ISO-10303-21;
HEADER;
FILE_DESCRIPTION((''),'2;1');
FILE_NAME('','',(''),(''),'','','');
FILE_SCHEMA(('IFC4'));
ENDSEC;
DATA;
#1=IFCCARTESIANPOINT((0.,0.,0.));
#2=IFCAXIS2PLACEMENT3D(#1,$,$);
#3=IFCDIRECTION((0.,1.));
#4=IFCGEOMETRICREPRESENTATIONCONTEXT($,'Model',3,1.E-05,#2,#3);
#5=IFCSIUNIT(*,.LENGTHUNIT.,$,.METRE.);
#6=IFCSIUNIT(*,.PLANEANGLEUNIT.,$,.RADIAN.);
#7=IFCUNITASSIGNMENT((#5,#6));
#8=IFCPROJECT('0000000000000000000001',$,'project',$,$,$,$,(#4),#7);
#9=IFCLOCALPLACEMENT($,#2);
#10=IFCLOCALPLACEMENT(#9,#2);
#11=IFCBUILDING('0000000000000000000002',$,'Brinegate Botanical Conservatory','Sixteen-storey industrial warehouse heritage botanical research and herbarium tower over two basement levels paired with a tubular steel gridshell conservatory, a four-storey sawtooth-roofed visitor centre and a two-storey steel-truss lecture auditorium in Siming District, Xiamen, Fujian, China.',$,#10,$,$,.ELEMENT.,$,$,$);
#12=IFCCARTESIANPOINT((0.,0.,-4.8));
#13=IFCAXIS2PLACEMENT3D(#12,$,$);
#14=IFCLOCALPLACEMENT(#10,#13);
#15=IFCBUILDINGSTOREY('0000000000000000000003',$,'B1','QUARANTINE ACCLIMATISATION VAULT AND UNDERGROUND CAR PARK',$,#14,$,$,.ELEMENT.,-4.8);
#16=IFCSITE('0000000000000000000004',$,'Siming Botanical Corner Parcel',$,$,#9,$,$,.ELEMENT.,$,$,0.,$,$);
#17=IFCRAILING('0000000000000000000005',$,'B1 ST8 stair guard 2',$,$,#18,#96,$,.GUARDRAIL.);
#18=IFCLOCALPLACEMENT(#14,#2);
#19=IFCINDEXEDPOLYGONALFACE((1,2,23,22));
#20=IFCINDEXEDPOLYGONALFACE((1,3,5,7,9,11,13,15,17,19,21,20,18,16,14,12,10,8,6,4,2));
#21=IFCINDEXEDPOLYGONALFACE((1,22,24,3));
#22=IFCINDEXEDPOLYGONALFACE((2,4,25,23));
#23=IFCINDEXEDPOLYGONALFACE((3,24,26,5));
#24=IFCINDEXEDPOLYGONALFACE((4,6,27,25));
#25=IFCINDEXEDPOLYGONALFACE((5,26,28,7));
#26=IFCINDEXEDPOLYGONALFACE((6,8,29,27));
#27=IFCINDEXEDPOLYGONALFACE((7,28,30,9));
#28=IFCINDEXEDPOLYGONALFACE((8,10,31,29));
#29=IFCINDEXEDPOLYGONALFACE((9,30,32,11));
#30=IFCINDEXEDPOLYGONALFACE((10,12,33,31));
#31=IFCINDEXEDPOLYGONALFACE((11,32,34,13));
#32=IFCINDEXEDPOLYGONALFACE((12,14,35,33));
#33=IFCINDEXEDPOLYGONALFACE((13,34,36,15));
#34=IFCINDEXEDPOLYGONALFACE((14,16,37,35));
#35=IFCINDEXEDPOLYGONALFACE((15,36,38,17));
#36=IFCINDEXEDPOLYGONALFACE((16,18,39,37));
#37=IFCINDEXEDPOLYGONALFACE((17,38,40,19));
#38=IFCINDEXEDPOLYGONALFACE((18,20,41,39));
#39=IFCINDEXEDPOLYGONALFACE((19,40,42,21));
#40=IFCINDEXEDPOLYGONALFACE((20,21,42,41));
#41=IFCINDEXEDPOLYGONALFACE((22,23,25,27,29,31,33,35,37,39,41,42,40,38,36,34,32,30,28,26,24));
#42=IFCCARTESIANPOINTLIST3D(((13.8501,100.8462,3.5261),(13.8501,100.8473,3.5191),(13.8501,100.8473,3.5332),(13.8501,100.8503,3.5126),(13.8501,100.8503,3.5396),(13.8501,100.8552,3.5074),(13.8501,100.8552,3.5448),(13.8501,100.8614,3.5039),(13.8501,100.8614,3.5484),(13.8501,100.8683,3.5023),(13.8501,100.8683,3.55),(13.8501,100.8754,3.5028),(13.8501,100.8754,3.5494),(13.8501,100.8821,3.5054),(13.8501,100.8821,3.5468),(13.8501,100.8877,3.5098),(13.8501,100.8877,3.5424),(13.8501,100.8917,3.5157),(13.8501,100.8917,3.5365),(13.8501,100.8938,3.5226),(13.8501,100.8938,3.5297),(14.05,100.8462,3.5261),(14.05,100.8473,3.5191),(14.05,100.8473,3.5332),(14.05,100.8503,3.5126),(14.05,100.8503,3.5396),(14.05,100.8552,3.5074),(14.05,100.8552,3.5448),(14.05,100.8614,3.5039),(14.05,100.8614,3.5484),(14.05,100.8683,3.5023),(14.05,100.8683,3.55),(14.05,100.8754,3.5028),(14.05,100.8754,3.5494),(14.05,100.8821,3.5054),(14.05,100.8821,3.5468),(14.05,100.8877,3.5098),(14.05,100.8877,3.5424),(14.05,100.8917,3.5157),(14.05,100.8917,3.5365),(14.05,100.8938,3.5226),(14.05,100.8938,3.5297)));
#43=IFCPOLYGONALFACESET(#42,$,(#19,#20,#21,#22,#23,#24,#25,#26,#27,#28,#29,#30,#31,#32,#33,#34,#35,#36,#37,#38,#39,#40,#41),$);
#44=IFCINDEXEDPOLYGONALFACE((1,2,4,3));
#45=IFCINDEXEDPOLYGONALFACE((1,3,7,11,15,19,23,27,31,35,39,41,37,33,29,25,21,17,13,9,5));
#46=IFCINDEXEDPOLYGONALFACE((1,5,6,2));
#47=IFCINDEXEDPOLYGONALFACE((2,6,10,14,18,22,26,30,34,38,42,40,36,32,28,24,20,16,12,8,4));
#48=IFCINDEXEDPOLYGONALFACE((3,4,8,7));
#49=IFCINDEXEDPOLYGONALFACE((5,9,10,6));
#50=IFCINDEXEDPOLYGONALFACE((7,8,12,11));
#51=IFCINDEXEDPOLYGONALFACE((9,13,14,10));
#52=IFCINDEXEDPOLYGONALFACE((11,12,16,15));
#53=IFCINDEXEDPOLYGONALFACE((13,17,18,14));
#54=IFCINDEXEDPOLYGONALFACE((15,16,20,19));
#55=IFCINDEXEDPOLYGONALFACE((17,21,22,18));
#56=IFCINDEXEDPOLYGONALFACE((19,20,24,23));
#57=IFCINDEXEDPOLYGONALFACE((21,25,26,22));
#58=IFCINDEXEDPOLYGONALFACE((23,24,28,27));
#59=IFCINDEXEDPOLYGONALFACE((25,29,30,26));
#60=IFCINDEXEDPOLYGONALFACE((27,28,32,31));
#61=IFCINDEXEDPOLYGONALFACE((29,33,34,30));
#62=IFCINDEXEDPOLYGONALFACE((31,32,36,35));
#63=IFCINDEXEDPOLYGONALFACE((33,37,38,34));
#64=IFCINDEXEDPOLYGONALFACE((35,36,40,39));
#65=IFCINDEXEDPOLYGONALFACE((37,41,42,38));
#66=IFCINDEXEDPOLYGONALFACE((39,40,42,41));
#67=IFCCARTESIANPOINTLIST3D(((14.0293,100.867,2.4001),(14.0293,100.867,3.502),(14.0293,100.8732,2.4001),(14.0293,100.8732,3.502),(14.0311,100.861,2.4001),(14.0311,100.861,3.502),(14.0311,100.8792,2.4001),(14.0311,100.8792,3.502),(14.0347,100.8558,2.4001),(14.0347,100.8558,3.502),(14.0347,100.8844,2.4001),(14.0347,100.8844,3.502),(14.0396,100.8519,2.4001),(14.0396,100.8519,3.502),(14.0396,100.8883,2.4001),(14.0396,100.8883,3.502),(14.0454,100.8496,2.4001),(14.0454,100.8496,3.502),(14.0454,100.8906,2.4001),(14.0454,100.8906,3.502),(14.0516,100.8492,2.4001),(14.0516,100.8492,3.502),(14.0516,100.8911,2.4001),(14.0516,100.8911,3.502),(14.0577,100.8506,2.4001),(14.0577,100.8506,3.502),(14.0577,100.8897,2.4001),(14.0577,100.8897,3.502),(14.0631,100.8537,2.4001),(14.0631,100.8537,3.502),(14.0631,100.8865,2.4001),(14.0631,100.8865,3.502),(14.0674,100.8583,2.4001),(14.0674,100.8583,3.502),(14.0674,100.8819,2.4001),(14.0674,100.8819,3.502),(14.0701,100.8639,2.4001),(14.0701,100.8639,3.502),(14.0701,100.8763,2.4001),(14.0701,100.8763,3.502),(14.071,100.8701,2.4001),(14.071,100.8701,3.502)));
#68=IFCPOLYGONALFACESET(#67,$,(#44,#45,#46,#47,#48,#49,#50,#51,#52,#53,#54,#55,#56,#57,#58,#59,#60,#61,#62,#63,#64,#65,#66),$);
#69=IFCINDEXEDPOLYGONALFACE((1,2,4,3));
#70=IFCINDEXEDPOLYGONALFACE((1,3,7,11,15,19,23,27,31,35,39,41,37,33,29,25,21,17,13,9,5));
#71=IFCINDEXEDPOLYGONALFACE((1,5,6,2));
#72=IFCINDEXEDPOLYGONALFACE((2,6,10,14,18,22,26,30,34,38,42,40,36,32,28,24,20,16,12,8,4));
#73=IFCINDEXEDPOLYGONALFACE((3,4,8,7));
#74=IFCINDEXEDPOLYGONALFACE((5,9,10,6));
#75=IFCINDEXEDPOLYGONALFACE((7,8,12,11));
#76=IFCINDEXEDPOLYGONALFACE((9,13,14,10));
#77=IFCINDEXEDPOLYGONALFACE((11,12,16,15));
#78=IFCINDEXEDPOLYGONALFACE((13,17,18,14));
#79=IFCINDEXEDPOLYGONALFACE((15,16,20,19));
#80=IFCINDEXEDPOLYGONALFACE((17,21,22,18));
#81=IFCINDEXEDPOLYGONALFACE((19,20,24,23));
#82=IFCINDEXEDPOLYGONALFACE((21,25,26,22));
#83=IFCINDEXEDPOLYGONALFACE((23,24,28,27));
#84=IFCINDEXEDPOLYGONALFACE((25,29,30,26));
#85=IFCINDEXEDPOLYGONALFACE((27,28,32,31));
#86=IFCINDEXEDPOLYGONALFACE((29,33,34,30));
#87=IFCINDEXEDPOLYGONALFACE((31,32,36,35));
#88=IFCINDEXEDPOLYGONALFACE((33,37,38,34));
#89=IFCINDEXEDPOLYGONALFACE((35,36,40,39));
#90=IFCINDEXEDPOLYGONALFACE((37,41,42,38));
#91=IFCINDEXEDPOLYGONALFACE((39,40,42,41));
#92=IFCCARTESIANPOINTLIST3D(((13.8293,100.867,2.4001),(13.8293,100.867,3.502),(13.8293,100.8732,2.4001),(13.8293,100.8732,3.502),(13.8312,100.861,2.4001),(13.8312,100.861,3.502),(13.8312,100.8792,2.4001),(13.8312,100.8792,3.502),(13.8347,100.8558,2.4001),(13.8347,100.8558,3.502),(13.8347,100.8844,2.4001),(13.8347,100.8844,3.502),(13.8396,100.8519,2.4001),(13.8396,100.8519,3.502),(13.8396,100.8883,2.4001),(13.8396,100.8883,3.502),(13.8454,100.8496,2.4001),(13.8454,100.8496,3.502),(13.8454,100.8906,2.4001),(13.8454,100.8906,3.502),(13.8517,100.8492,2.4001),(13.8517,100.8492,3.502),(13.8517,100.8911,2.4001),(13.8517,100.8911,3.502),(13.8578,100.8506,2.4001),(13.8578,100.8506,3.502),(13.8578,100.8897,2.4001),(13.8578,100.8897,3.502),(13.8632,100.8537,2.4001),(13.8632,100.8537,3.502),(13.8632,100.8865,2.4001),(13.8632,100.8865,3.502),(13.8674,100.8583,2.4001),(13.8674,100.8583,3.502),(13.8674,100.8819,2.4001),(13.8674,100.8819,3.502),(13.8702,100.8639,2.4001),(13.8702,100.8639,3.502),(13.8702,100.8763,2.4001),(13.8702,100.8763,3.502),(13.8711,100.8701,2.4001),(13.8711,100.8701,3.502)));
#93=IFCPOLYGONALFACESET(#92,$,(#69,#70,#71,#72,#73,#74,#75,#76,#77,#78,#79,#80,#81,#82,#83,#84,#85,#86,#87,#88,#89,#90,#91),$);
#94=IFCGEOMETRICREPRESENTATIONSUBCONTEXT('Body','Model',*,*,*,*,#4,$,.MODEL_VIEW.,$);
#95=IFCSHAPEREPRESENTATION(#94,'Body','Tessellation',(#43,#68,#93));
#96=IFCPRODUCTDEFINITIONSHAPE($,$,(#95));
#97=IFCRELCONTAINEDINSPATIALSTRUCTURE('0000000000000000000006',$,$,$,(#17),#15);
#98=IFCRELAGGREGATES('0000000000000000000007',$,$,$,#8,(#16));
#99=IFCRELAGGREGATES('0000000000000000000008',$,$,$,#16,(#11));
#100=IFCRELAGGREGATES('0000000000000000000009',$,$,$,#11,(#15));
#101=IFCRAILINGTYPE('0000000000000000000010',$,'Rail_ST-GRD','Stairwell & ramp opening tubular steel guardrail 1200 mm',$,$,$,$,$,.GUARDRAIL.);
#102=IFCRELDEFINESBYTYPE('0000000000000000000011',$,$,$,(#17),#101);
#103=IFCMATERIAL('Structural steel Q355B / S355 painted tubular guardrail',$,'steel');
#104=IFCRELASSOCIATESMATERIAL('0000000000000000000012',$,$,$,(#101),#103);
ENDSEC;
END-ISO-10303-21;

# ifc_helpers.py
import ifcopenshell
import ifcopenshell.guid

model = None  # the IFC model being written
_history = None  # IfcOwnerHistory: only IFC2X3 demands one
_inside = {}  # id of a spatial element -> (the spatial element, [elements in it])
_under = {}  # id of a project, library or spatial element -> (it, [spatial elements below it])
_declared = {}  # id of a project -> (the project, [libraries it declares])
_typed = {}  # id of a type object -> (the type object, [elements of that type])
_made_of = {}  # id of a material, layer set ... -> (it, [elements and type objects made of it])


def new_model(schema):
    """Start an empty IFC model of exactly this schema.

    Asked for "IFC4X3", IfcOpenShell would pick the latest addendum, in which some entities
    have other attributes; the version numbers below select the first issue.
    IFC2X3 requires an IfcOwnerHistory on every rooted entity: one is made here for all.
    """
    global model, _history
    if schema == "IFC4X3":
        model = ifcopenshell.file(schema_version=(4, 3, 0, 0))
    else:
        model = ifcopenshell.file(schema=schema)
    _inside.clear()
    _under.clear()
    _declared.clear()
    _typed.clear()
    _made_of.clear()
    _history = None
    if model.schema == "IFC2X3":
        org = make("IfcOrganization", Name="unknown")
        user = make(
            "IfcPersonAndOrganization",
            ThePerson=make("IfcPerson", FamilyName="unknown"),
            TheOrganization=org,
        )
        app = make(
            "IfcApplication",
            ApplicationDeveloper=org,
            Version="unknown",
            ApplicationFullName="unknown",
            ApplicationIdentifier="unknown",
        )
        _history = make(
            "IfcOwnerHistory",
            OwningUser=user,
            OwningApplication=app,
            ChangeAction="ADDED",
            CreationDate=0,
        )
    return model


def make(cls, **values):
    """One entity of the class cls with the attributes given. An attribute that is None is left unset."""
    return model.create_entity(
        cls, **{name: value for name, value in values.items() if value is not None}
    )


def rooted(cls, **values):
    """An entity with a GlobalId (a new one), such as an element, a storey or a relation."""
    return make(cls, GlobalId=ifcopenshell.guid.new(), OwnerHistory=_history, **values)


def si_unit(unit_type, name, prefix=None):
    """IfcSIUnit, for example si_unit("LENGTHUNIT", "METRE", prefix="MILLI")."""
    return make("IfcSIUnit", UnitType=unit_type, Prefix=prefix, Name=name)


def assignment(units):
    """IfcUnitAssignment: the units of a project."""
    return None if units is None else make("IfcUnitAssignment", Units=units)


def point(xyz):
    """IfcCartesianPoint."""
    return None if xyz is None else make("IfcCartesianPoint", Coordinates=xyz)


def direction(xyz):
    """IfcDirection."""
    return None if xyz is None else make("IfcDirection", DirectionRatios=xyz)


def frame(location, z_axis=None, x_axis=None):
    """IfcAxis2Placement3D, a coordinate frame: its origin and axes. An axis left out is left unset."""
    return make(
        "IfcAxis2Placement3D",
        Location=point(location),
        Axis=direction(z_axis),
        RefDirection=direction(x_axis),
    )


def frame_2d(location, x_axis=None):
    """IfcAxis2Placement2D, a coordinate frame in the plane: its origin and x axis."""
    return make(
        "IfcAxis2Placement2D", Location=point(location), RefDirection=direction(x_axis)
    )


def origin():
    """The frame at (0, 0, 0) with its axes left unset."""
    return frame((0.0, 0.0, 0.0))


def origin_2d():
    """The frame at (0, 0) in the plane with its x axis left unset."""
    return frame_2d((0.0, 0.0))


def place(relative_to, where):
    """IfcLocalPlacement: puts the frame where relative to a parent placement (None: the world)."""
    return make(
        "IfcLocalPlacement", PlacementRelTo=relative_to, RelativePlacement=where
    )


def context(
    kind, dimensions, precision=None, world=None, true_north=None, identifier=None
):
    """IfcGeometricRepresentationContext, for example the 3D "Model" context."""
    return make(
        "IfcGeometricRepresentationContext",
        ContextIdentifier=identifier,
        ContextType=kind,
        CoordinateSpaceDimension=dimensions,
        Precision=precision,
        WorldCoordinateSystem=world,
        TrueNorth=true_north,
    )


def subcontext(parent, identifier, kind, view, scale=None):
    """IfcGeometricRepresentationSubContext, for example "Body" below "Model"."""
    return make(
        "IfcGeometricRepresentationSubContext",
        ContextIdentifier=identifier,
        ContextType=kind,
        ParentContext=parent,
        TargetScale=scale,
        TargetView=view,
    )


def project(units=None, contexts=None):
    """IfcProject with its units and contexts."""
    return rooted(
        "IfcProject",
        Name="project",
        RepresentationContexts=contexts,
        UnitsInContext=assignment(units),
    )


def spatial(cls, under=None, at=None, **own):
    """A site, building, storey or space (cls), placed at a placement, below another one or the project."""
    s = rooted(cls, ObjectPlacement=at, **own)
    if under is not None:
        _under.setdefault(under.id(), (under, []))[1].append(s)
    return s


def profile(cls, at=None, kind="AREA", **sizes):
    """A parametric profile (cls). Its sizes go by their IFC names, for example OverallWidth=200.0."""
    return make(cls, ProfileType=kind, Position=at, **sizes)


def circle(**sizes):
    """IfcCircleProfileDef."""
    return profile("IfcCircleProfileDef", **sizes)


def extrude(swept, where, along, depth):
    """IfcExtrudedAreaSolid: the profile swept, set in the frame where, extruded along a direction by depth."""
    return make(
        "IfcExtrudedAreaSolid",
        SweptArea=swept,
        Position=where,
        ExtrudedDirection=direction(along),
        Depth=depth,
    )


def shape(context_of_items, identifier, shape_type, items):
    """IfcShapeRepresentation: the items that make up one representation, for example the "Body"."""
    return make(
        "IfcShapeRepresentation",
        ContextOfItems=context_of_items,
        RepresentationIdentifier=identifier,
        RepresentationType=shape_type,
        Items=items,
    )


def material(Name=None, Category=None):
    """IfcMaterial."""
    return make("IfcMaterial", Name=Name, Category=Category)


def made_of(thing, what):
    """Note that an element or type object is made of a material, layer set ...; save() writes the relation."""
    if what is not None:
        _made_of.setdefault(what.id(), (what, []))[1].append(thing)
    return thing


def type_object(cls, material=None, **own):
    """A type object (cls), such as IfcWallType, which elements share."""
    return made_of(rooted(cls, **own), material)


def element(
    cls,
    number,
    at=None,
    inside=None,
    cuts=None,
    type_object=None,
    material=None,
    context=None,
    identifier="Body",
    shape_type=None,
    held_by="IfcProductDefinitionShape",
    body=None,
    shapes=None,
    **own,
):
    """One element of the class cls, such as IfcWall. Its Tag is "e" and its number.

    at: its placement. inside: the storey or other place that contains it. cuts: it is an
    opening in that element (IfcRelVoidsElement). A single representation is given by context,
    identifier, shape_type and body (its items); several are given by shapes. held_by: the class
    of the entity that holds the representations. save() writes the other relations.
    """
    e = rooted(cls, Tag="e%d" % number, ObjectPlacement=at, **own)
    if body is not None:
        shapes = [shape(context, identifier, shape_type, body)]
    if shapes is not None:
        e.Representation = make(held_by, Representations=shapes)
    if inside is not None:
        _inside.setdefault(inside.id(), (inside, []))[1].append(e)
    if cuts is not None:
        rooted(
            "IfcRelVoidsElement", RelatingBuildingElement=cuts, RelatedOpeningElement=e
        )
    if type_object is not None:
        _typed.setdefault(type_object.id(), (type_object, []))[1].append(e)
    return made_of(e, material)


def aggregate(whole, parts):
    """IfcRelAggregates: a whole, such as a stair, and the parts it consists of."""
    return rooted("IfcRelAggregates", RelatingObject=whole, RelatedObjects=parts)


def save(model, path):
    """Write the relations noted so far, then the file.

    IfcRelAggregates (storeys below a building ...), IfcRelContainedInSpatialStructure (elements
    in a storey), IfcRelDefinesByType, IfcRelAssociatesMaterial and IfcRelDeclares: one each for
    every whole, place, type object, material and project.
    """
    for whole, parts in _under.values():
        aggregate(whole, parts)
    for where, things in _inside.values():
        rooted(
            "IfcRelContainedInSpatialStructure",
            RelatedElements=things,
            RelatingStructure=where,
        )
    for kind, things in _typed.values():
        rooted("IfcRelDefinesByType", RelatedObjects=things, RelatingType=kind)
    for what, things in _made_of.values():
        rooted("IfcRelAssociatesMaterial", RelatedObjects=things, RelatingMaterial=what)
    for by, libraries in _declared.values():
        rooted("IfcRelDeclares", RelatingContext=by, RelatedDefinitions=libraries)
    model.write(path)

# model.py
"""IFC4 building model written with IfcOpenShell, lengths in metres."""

from ifc_helpers import new_model, si_unit, direction, frame, origin, origin_2d, place, context, subcontext, project, spatial, circle, extrude, material, type_object, element, save


model = new_model("IFC4")

# Units and contexts
model_context = context("Model", 3, precision=1e-05, world=origin(), true_north=direction((0.0, 1.0)))
body_context = subcontext(model_context, "Body", "Model", "MODEL_VIEW")
ifc_project = project(units=[si_unit("LENGTHUNIT", "METRE"), si_unit("PLANEANGLEUNIT", "RADIAN")], contexts=[model_context])

# Site, building, storey
site_placement = place(None, origin())
site = spatial("IfcSite", under=ifc_project, at=site_placement, Name="Siming Botanical Corner Parcel", CompositionType="ELEMENT", RefElevation=0.0)
building_placement = place(site_placement, origin())
building = spatial("IfcBuilding", under=site, at=building_placement, Name="Brinegate Botanical Conservatory", Description="Sixteen-storey industrial warehouse heritage botanical research and herbarium tower over two basement levels paired with a tubular steel gridshell conservatory, a four-storey sawtooth-roofed visitor centre and a two-storey steel-truss lecture auditorium in Siming District, Xiamen, Fujian, China.", CompositionType="ELEMENT")
storey_placement = place(building_placement, frame((0.0, 0.0, -4.8)))
storey = spatial("IfcBuildingStorey", under=building, at=storey_placement, Name="B1", Description="QUARANTINE ACCLIMATISATION VAULT AND UNDERGROUND CAR PARK", CompositionType="ELEMENT", Elevation=-4.8)

# Railing
ifc_material_1 = material(Name="Structural steel Q355B / S355 painted tubular guardrail", Category="steel")
railing_type_1 = type_object("IfcRailingType", Name="Rail_ST-GRD", Description="Stairwell & ramp opening tubular steel guardrail 1200 mm", PredefinedType="GUARDRAIL", material=ifc_material_1)
railing_1_placement = place(storey_placement, frame((14.05, 100.8701, 2.4001)))
element("IfcRailing", 1, at=railing_1_placement, inside=storey, type_object=railing_type_1, Name="B1 ST8 stair guard 2", PredefinedType="GUARDRAIL", context=body_context, shape_type="SweptSolid", body=[
    extrude(circle(Radius=0.0239, at=origin_2d()), frame((0.0, 0.0, 1.126), z_axis=(-1.0, 0.0, 0.0), x_axis=(0.0, -1.0, 0.0)), (0.0, 0.0, 1.0), 0.2),
    extrude(circle(Radius=0.021, at=origin_2d()), origin(), (0.0, 0.0, 1.0), 1.1018),
    extrude(circle(Radius=0.021, at=origin_2d()), frame((-0.2, 0.0, 0.0)), (0.0, 0.0, 1.0), 1.1018),
])

save(model, "model.ifc")
